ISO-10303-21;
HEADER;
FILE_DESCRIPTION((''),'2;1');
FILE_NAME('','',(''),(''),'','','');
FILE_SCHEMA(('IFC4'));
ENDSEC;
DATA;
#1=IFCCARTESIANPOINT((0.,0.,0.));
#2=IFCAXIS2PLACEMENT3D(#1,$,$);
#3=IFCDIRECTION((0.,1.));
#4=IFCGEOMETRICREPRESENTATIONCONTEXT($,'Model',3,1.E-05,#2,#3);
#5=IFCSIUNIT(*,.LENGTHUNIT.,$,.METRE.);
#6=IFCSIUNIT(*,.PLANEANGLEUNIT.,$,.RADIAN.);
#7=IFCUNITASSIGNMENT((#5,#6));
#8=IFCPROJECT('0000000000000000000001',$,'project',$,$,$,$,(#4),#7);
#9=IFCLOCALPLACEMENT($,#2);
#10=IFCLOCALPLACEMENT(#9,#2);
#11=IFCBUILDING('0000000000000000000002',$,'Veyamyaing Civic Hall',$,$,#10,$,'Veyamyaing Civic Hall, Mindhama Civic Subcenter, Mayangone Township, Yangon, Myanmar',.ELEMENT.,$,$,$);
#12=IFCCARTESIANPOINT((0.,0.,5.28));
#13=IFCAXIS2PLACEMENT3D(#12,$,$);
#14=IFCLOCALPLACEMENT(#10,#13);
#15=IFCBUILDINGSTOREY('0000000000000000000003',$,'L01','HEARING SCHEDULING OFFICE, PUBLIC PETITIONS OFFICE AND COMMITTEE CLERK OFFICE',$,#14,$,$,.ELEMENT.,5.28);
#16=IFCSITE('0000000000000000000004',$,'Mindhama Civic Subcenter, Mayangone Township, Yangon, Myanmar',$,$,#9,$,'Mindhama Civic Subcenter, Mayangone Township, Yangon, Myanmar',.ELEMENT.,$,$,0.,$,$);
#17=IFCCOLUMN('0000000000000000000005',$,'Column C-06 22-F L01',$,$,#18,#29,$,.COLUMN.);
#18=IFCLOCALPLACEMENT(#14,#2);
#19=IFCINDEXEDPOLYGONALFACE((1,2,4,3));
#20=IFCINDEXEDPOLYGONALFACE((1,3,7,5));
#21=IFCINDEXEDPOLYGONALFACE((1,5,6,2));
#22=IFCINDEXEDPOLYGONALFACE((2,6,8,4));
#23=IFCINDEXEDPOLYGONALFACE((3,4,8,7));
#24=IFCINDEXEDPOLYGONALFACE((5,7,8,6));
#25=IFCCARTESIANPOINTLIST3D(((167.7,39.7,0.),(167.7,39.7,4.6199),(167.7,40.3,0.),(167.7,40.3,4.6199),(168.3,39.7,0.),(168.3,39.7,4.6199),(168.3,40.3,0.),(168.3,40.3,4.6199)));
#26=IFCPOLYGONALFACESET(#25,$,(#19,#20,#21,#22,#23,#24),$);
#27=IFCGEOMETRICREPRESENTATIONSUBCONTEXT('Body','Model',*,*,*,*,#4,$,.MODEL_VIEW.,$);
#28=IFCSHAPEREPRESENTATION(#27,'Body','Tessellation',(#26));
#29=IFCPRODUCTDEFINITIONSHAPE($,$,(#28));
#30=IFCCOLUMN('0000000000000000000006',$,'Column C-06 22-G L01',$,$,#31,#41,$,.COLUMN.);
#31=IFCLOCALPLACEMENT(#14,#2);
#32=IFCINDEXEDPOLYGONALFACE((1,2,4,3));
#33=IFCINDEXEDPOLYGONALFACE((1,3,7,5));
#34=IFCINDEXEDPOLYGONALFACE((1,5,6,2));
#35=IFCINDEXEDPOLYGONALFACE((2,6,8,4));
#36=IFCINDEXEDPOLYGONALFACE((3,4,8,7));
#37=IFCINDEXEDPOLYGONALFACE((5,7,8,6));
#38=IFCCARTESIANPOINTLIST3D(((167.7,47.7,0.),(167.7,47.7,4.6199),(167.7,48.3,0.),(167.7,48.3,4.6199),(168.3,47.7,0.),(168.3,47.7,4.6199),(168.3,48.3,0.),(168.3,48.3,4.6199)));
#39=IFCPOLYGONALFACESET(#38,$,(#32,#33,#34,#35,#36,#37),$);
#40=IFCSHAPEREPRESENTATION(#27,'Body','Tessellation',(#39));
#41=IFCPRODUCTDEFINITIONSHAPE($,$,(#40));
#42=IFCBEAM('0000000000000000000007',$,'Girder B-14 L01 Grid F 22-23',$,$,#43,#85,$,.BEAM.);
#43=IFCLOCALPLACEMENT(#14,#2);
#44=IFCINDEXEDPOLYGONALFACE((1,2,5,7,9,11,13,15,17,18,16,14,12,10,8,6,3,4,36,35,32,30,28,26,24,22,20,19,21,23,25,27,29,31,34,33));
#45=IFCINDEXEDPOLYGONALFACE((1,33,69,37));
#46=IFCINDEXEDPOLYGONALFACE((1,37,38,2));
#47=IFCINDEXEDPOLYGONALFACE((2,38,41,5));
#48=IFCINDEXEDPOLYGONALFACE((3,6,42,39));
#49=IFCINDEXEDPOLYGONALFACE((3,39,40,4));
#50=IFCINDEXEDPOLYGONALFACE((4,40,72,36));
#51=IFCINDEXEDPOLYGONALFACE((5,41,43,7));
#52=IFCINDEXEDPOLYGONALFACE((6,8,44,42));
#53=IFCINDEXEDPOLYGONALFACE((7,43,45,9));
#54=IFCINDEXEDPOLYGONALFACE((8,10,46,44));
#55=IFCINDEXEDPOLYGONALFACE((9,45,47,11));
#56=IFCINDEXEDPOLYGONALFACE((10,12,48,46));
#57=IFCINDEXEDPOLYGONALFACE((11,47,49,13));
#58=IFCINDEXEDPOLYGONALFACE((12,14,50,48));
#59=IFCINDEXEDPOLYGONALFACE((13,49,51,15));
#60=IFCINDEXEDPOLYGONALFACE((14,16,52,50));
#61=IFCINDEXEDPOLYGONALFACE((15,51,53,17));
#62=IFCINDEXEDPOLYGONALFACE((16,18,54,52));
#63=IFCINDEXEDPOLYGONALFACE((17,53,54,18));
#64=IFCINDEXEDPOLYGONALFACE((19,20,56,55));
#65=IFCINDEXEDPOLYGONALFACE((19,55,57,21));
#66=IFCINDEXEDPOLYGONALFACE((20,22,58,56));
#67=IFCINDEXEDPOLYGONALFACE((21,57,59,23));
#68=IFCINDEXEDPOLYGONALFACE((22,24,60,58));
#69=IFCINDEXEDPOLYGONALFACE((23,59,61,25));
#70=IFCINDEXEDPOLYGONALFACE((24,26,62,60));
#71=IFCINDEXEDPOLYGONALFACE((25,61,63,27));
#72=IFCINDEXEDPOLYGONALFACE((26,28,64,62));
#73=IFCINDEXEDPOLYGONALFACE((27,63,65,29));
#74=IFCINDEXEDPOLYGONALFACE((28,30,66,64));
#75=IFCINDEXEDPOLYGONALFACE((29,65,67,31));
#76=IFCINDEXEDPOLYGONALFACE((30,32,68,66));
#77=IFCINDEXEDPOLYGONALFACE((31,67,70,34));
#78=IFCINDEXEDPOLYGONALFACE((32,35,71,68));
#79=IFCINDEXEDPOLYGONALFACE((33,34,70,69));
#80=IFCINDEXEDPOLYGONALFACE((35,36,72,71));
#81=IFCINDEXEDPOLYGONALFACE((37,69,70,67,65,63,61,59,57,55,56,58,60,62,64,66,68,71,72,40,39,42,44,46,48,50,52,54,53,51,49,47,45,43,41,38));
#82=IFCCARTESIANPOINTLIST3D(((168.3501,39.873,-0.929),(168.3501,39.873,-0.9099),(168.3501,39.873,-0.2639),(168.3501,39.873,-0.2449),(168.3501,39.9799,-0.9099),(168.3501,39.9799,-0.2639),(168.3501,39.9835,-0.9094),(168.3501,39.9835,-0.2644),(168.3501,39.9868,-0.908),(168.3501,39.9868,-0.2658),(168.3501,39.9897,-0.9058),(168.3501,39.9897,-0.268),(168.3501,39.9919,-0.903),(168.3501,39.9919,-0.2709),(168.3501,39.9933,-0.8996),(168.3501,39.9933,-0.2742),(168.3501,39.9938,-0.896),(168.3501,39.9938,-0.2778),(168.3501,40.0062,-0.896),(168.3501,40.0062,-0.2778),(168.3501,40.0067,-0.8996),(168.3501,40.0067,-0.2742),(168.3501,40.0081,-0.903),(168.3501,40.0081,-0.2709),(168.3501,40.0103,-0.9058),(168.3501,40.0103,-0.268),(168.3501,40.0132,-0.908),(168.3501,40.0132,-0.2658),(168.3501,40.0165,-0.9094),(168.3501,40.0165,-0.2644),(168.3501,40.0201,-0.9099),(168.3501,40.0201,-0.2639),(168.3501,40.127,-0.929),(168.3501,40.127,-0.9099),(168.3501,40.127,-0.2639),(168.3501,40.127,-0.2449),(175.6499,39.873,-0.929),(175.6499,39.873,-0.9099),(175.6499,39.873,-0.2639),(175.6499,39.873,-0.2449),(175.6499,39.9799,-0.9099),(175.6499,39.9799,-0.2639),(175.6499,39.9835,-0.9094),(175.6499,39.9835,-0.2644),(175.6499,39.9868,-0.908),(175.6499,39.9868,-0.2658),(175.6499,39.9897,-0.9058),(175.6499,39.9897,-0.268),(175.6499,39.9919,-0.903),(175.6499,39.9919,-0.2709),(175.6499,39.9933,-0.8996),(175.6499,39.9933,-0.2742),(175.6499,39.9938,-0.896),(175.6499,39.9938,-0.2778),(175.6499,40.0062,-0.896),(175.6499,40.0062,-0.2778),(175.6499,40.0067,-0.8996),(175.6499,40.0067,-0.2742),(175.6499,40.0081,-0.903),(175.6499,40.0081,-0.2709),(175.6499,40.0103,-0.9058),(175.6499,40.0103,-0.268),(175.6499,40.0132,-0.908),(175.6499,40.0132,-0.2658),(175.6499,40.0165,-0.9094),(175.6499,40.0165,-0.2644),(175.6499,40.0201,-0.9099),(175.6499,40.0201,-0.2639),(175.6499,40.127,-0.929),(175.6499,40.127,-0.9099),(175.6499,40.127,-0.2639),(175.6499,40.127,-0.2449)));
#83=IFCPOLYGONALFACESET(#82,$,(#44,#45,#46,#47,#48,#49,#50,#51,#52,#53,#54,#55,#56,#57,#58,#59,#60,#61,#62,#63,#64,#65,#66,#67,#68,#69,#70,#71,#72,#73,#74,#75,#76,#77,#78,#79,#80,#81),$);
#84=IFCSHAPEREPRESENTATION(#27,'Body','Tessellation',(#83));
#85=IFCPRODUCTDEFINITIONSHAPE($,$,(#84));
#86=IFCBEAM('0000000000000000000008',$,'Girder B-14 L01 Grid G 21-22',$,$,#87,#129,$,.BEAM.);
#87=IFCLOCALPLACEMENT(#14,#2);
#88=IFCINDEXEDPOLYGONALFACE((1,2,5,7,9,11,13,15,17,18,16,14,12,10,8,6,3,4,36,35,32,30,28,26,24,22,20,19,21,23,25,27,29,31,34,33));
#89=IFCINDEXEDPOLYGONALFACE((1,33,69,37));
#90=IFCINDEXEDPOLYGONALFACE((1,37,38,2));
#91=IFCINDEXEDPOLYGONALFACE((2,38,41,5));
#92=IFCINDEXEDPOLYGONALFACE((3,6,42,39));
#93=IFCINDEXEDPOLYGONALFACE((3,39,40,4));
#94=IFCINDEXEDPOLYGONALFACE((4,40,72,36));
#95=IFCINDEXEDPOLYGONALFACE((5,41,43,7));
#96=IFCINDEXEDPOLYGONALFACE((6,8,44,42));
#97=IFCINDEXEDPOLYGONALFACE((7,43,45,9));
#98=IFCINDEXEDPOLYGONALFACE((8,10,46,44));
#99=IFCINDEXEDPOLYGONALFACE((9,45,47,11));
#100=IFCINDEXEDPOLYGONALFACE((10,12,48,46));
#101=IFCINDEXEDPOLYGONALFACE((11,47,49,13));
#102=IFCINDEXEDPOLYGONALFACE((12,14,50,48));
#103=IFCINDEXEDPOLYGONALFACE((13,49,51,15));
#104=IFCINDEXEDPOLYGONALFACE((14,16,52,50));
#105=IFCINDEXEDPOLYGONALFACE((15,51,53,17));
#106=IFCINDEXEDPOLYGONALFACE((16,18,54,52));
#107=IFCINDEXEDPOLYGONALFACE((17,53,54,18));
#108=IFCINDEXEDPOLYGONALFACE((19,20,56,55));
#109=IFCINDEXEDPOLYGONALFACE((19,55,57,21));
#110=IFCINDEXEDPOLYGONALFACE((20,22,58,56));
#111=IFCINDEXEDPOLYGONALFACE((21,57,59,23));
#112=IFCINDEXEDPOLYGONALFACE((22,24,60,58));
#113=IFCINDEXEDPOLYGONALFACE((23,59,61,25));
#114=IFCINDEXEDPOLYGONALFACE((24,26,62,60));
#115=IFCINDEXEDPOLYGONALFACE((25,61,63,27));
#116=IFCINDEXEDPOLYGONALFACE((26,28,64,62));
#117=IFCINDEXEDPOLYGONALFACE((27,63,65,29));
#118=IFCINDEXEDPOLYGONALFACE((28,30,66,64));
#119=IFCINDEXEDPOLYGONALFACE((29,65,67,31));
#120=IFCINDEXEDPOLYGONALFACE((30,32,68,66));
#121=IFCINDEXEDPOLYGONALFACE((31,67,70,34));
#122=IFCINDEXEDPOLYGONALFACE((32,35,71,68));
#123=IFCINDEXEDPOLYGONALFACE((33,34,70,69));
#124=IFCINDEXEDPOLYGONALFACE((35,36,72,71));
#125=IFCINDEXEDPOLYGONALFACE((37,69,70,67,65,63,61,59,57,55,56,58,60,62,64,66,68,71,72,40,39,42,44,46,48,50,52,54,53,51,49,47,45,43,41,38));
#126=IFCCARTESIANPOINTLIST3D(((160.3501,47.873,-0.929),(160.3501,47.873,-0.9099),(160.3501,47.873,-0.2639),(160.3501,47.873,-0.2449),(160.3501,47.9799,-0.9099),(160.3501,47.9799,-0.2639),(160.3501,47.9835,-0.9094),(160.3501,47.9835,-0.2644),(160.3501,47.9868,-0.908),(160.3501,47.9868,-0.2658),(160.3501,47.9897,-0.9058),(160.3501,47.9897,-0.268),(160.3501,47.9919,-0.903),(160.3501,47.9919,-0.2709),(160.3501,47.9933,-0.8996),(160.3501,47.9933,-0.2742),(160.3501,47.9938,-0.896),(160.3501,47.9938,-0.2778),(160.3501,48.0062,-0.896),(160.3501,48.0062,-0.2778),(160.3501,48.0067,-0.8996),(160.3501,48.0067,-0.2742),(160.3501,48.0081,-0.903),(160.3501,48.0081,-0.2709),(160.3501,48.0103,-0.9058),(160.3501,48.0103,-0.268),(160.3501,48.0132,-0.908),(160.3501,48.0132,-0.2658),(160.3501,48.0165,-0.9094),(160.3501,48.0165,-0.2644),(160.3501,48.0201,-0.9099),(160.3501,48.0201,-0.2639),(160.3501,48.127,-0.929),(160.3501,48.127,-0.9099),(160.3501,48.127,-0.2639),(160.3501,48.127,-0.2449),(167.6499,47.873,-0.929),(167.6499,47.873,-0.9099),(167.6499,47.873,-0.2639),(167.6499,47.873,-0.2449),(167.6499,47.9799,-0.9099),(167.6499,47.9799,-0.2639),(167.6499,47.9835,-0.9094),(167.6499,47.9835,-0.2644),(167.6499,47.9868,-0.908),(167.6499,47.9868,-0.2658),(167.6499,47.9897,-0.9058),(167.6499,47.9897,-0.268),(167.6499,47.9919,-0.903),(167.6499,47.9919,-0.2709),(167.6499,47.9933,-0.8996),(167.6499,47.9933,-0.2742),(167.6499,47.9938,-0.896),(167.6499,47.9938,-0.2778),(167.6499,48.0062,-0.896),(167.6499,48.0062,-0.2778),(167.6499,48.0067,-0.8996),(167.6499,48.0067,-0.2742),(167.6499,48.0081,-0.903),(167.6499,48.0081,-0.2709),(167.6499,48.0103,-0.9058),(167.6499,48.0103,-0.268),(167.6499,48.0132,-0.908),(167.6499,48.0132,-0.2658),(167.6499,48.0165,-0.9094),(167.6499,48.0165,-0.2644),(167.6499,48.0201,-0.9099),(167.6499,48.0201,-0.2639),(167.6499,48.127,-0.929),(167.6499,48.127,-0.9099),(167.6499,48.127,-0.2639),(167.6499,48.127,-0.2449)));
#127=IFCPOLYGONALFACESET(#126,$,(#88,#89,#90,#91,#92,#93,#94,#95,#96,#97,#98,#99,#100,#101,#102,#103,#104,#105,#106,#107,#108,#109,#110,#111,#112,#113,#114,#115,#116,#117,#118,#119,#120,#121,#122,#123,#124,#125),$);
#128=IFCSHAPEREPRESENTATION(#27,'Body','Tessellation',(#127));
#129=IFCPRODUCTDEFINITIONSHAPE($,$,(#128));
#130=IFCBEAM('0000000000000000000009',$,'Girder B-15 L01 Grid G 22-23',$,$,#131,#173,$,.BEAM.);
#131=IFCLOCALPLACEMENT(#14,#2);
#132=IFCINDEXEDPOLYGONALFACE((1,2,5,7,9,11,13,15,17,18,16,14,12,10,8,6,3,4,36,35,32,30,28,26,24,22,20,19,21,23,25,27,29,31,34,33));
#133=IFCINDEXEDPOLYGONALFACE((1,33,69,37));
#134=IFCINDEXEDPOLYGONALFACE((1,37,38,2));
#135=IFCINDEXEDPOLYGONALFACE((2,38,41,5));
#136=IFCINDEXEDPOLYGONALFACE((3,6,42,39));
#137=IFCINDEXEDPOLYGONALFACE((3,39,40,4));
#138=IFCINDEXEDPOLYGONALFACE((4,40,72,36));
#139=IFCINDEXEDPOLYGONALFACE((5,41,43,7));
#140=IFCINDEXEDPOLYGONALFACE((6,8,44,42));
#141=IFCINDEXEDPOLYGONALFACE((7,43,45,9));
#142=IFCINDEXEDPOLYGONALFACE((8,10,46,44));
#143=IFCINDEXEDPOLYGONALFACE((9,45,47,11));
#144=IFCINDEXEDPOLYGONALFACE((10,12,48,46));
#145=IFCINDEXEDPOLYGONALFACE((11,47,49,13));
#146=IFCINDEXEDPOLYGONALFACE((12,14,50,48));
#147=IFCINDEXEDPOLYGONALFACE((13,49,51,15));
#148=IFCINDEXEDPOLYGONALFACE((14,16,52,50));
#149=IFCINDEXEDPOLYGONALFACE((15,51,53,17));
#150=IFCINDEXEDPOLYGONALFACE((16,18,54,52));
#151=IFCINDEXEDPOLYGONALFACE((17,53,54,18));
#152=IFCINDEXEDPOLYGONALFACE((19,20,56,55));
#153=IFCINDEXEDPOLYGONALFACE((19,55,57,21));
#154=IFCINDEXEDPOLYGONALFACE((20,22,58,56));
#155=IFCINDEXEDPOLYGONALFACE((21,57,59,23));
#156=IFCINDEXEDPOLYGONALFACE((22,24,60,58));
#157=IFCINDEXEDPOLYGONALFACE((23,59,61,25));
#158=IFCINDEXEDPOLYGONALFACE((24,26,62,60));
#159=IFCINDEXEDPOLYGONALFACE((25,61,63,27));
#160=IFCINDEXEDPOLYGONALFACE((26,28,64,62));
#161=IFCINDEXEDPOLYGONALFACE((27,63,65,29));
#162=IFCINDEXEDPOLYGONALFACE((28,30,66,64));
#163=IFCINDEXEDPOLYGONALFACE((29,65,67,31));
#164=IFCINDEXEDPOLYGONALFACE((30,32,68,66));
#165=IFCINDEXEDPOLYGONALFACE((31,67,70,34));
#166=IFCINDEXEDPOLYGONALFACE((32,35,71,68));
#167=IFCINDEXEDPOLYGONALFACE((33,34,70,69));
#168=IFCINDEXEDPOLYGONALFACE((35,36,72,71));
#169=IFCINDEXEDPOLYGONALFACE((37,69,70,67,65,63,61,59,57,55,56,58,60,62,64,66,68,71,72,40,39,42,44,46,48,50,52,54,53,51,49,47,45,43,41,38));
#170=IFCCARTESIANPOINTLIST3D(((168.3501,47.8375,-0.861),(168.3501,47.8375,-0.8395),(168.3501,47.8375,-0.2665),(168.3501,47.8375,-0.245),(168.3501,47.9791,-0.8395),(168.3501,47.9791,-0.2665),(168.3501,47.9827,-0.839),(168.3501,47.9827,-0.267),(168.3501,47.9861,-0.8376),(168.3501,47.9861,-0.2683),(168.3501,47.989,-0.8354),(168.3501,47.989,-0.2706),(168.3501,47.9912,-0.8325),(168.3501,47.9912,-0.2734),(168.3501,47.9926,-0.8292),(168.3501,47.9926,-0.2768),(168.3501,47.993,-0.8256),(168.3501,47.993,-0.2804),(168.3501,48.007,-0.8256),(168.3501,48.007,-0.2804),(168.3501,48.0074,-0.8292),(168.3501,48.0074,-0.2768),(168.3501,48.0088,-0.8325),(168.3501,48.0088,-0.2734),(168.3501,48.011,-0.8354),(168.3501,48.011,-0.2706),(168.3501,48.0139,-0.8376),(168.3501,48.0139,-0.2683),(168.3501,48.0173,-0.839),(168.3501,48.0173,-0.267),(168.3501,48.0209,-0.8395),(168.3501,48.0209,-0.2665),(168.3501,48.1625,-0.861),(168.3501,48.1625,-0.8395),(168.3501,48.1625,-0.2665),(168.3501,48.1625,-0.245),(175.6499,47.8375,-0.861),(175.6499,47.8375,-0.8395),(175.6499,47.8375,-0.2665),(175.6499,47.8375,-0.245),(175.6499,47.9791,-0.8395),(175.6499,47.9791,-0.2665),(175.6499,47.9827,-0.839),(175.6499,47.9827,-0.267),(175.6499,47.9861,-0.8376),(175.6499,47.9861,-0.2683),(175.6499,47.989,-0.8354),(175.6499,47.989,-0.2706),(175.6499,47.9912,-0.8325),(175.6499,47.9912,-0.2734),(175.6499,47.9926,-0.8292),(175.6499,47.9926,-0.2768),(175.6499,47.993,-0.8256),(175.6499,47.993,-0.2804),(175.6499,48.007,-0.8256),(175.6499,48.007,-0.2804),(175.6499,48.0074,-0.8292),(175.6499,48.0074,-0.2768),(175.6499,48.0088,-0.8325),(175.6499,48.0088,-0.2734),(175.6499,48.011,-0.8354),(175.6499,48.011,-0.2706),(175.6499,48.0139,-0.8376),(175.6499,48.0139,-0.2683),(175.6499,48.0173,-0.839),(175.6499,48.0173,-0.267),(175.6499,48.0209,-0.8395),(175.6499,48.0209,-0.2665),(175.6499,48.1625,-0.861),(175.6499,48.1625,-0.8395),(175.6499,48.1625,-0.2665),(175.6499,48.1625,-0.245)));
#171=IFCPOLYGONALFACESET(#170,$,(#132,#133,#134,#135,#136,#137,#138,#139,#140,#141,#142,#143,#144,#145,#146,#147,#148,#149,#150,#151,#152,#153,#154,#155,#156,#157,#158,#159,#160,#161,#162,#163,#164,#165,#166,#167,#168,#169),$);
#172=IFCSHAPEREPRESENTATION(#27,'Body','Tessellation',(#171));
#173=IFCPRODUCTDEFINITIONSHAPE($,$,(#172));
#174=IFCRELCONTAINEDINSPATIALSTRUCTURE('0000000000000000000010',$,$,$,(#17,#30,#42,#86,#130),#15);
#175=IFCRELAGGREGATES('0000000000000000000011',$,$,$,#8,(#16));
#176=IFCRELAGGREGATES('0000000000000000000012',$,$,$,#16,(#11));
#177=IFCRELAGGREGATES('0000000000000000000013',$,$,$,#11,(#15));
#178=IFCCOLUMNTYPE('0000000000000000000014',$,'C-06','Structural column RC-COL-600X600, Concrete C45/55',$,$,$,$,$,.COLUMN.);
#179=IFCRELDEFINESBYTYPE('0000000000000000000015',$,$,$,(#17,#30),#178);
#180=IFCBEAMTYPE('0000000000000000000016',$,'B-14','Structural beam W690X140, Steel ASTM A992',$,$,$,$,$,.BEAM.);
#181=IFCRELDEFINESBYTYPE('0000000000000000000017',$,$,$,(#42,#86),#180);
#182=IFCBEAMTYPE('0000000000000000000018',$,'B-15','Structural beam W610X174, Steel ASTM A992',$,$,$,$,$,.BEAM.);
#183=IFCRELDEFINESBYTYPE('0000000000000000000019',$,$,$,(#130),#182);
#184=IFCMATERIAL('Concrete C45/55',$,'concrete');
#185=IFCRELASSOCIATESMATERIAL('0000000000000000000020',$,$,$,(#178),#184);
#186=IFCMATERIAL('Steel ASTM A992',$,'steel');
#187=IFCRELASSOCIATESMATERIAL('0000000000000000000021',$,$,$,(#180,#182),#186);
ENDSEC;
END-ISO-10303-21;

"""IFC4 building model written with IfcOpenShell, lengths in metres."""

from ifc_helpers import new_model, si_unit, direction, frame, origin, origin_2d, place, context, subcontext, project, spatial, rectangle, i_section, extrude, material, material_profile, profile_set, type_object, element, save


model = new_model("IFC4")

# Units and contexts
model_context = context("Model", 3, precision=1e-05, world=origin(), true_north=direction((0.0, 1.0)))
body_context = subcontext(model_context, "Body", "Model", "MODEL_VIEW")
ifc_project = project(units=[si_unit("LENGTHUNIT", "METRE"), si_unit("PLANEANGLEUNIT", "RADIAN")], contexts=[model_context])

# Site, building, storey
site_placement = place(None, origin())
site = spatial("IfcSite", under=ifc_project, at=site_placement, Name="Mindhama Civic Subcenter, Mayangone Township, Yangon, Myanmar", LongName="Mindhama Civic Subcenter, Mayangone Township, Yangon, Myanmar", CompositionType="ELEMENT", RefElevation=0.0)
building_placement = place(site_placement, origin())
building = spatial("IfcBuilding", under=site, at=building_placement, Name="Veyamyaing Civic Hall", LongName="Veyamyaing Civic Hall, Mindhama Civic Subcenter, Mayangone Township, Yangon, Myanmar", CompositionType="ELEMENT")
storey_placement = place(building_placement, frame((0.0, 0.0, 5.28)))
storey = spatial("IfcBuildingStorey", under=building, at=storey_placement, Name="L01", Description="HEARING SCHEDULING OFFICE, PUBLIC PETITIONS OFFICE AND COMMITTEE CLERK OFFICE", CompositionType="ELEMENT", Elevation=5.28)

# Columns
ifc_material_1 = material(Name="Concrete C45/55", Category="concrete")
ifc_material_profile_1 = material_profile(ifc_material_1, rectangle(XDim=0.6001, YDim=0.6001, at=origin_2d()), Name="RC-COL-600X600")
ifc_profile_set_1 = profile_set([ifc_material_profile_1], Name="Concrete C45/55")
column_type = type_object("IfcColumnType", Name="C-06", Description="Structural column RC-COL-600X600, Concrete C45/55", PredefinedType="COLUMN", material=ifc_profile_set_1)
for number, where, z_axis, x_axis, name in (
    (1, (168.0, 40.0, 0.0), (0.0, 0.0, 1.0), (1.0, 0.0, 0.0), "Column C-06 22-F L01"),
    (2, (168.0, 48.0, 0.0), (0.0, 0.0, 1.0), (1.0, 0.0, 0.0), "Column C-06 22-G L01"),
):
    element("IfcColumn", number, at=place(storey_placement, frame(where, z_axis=z_axis, x_axis=x_axis)), inside=storey, type_object=column_type, Name=name, PredefinedType="COLUMN", context=body_context, shape_type="SweptSolid", body=[
        extrude(rectangle(XDim=0.6001, YDim=0.6001, at=origin_2d()), origin(), (0.0, 0.0, 1.0), 4.6199),
    ])

# Beams
ifc_material_2 = material(Name="Steel ASTM A992", Category="steel")
ifc_material_profile_2 = material_profile(ifc_material_2, i_section(OverallWidth=0.2539, OverallDepth=0.6841, WebThickness=0.0125, FlangeThickness=0.019, FilletRadius=0.0139, at=origin_2d()), Name="W690X140")
ifc_profile_set_2 = profile_set([ifc_material_profile_2], Name="Steel ASTM A992")
beam_type_1 = type_object("IfcBeamType", Name="B-14", Description="Structural beam W690X140, Steel ASTM A992", PredefinedType="BEAM", material=ifc_profile_set_2)
for number, where, z_axis, x_axis, name in (
    (3, (168.3501, 40.0, -0.5869), (1.0, 0.0, 0.0), (0.0, 1.0, 0.0), "Girder B-14 L01 Grid F 22-23"),
    (4, (160.3501, 48.0, -0.5869), (1.0, 0.0, 0.0), (0.0, 1.0, 0.0), "Girder B-14 L01 Grid G 21-22"),
):
    element("IfcBeam", number, at=place(storey_placement, frame(where, z_axis=z_axis, x_axis=x_axis)), inside=storey, type_object=beam_type_1, Name=name, PredefinedType="BEAM", context=body_context, shape_type="SweptSolid", body=[
        extrude(i_section(OverallWidth=0.2539, OverallDepth=0.6841, WebThickness=0.0125, FlangeThickness=0.019, FilletRadius=0.0139, at=origin_2d()), origin(), (0.0, 0.0, 1.0), 7.2998),
    ])
ifc_material_profile_3 = material_profile(ifc_material_2, i_section(OverallWidth=0.325, OverallDepth=0.616, WebThickness=0.0139, FlangeThickness=0.0215, FilletRadius=0.0139, at=origin_2d()), Name="W610X174")
ifc_profile_set_3 = profile_set([ifc_material_profile_3], Name="Steel ASTM A992")
beam_type_2 = type_object("IfcBeamType", Name="B-15", Description="Structural beam W610X174, Steel ASTM A992", PredefinedType="BEAM", material=ifc_profile_set_3)
for number, where, z_axis, x_axis, name in (
    (5, (168.3501, 48.0, -0.553), (1.0, 0.0, 0.0), (0.0, 1.0, 0.0), "Girder B-15 L01 Grid G 22-23"),
):
    element("IfcBeam", number, at=place(storey_placement, frame(where, z_axis=z_axis, x_axis=x_axis)), inside=storey, type_object=beam_type_2, Name=name, PredefinedType="BEAM", context=body_context, shape_type="SweptSolid", body=[
        extrude(i_section(OverallWidth=0.325, OverallDepth=0.616, WebThickness=0.0139, FlangeThickness=0.0215, FilletRadius=0.0139, at=origin_2d()), origin(), (0.0, 0.0, 1.0), 7.2998),
    ])

save(model, "model.ifc")
